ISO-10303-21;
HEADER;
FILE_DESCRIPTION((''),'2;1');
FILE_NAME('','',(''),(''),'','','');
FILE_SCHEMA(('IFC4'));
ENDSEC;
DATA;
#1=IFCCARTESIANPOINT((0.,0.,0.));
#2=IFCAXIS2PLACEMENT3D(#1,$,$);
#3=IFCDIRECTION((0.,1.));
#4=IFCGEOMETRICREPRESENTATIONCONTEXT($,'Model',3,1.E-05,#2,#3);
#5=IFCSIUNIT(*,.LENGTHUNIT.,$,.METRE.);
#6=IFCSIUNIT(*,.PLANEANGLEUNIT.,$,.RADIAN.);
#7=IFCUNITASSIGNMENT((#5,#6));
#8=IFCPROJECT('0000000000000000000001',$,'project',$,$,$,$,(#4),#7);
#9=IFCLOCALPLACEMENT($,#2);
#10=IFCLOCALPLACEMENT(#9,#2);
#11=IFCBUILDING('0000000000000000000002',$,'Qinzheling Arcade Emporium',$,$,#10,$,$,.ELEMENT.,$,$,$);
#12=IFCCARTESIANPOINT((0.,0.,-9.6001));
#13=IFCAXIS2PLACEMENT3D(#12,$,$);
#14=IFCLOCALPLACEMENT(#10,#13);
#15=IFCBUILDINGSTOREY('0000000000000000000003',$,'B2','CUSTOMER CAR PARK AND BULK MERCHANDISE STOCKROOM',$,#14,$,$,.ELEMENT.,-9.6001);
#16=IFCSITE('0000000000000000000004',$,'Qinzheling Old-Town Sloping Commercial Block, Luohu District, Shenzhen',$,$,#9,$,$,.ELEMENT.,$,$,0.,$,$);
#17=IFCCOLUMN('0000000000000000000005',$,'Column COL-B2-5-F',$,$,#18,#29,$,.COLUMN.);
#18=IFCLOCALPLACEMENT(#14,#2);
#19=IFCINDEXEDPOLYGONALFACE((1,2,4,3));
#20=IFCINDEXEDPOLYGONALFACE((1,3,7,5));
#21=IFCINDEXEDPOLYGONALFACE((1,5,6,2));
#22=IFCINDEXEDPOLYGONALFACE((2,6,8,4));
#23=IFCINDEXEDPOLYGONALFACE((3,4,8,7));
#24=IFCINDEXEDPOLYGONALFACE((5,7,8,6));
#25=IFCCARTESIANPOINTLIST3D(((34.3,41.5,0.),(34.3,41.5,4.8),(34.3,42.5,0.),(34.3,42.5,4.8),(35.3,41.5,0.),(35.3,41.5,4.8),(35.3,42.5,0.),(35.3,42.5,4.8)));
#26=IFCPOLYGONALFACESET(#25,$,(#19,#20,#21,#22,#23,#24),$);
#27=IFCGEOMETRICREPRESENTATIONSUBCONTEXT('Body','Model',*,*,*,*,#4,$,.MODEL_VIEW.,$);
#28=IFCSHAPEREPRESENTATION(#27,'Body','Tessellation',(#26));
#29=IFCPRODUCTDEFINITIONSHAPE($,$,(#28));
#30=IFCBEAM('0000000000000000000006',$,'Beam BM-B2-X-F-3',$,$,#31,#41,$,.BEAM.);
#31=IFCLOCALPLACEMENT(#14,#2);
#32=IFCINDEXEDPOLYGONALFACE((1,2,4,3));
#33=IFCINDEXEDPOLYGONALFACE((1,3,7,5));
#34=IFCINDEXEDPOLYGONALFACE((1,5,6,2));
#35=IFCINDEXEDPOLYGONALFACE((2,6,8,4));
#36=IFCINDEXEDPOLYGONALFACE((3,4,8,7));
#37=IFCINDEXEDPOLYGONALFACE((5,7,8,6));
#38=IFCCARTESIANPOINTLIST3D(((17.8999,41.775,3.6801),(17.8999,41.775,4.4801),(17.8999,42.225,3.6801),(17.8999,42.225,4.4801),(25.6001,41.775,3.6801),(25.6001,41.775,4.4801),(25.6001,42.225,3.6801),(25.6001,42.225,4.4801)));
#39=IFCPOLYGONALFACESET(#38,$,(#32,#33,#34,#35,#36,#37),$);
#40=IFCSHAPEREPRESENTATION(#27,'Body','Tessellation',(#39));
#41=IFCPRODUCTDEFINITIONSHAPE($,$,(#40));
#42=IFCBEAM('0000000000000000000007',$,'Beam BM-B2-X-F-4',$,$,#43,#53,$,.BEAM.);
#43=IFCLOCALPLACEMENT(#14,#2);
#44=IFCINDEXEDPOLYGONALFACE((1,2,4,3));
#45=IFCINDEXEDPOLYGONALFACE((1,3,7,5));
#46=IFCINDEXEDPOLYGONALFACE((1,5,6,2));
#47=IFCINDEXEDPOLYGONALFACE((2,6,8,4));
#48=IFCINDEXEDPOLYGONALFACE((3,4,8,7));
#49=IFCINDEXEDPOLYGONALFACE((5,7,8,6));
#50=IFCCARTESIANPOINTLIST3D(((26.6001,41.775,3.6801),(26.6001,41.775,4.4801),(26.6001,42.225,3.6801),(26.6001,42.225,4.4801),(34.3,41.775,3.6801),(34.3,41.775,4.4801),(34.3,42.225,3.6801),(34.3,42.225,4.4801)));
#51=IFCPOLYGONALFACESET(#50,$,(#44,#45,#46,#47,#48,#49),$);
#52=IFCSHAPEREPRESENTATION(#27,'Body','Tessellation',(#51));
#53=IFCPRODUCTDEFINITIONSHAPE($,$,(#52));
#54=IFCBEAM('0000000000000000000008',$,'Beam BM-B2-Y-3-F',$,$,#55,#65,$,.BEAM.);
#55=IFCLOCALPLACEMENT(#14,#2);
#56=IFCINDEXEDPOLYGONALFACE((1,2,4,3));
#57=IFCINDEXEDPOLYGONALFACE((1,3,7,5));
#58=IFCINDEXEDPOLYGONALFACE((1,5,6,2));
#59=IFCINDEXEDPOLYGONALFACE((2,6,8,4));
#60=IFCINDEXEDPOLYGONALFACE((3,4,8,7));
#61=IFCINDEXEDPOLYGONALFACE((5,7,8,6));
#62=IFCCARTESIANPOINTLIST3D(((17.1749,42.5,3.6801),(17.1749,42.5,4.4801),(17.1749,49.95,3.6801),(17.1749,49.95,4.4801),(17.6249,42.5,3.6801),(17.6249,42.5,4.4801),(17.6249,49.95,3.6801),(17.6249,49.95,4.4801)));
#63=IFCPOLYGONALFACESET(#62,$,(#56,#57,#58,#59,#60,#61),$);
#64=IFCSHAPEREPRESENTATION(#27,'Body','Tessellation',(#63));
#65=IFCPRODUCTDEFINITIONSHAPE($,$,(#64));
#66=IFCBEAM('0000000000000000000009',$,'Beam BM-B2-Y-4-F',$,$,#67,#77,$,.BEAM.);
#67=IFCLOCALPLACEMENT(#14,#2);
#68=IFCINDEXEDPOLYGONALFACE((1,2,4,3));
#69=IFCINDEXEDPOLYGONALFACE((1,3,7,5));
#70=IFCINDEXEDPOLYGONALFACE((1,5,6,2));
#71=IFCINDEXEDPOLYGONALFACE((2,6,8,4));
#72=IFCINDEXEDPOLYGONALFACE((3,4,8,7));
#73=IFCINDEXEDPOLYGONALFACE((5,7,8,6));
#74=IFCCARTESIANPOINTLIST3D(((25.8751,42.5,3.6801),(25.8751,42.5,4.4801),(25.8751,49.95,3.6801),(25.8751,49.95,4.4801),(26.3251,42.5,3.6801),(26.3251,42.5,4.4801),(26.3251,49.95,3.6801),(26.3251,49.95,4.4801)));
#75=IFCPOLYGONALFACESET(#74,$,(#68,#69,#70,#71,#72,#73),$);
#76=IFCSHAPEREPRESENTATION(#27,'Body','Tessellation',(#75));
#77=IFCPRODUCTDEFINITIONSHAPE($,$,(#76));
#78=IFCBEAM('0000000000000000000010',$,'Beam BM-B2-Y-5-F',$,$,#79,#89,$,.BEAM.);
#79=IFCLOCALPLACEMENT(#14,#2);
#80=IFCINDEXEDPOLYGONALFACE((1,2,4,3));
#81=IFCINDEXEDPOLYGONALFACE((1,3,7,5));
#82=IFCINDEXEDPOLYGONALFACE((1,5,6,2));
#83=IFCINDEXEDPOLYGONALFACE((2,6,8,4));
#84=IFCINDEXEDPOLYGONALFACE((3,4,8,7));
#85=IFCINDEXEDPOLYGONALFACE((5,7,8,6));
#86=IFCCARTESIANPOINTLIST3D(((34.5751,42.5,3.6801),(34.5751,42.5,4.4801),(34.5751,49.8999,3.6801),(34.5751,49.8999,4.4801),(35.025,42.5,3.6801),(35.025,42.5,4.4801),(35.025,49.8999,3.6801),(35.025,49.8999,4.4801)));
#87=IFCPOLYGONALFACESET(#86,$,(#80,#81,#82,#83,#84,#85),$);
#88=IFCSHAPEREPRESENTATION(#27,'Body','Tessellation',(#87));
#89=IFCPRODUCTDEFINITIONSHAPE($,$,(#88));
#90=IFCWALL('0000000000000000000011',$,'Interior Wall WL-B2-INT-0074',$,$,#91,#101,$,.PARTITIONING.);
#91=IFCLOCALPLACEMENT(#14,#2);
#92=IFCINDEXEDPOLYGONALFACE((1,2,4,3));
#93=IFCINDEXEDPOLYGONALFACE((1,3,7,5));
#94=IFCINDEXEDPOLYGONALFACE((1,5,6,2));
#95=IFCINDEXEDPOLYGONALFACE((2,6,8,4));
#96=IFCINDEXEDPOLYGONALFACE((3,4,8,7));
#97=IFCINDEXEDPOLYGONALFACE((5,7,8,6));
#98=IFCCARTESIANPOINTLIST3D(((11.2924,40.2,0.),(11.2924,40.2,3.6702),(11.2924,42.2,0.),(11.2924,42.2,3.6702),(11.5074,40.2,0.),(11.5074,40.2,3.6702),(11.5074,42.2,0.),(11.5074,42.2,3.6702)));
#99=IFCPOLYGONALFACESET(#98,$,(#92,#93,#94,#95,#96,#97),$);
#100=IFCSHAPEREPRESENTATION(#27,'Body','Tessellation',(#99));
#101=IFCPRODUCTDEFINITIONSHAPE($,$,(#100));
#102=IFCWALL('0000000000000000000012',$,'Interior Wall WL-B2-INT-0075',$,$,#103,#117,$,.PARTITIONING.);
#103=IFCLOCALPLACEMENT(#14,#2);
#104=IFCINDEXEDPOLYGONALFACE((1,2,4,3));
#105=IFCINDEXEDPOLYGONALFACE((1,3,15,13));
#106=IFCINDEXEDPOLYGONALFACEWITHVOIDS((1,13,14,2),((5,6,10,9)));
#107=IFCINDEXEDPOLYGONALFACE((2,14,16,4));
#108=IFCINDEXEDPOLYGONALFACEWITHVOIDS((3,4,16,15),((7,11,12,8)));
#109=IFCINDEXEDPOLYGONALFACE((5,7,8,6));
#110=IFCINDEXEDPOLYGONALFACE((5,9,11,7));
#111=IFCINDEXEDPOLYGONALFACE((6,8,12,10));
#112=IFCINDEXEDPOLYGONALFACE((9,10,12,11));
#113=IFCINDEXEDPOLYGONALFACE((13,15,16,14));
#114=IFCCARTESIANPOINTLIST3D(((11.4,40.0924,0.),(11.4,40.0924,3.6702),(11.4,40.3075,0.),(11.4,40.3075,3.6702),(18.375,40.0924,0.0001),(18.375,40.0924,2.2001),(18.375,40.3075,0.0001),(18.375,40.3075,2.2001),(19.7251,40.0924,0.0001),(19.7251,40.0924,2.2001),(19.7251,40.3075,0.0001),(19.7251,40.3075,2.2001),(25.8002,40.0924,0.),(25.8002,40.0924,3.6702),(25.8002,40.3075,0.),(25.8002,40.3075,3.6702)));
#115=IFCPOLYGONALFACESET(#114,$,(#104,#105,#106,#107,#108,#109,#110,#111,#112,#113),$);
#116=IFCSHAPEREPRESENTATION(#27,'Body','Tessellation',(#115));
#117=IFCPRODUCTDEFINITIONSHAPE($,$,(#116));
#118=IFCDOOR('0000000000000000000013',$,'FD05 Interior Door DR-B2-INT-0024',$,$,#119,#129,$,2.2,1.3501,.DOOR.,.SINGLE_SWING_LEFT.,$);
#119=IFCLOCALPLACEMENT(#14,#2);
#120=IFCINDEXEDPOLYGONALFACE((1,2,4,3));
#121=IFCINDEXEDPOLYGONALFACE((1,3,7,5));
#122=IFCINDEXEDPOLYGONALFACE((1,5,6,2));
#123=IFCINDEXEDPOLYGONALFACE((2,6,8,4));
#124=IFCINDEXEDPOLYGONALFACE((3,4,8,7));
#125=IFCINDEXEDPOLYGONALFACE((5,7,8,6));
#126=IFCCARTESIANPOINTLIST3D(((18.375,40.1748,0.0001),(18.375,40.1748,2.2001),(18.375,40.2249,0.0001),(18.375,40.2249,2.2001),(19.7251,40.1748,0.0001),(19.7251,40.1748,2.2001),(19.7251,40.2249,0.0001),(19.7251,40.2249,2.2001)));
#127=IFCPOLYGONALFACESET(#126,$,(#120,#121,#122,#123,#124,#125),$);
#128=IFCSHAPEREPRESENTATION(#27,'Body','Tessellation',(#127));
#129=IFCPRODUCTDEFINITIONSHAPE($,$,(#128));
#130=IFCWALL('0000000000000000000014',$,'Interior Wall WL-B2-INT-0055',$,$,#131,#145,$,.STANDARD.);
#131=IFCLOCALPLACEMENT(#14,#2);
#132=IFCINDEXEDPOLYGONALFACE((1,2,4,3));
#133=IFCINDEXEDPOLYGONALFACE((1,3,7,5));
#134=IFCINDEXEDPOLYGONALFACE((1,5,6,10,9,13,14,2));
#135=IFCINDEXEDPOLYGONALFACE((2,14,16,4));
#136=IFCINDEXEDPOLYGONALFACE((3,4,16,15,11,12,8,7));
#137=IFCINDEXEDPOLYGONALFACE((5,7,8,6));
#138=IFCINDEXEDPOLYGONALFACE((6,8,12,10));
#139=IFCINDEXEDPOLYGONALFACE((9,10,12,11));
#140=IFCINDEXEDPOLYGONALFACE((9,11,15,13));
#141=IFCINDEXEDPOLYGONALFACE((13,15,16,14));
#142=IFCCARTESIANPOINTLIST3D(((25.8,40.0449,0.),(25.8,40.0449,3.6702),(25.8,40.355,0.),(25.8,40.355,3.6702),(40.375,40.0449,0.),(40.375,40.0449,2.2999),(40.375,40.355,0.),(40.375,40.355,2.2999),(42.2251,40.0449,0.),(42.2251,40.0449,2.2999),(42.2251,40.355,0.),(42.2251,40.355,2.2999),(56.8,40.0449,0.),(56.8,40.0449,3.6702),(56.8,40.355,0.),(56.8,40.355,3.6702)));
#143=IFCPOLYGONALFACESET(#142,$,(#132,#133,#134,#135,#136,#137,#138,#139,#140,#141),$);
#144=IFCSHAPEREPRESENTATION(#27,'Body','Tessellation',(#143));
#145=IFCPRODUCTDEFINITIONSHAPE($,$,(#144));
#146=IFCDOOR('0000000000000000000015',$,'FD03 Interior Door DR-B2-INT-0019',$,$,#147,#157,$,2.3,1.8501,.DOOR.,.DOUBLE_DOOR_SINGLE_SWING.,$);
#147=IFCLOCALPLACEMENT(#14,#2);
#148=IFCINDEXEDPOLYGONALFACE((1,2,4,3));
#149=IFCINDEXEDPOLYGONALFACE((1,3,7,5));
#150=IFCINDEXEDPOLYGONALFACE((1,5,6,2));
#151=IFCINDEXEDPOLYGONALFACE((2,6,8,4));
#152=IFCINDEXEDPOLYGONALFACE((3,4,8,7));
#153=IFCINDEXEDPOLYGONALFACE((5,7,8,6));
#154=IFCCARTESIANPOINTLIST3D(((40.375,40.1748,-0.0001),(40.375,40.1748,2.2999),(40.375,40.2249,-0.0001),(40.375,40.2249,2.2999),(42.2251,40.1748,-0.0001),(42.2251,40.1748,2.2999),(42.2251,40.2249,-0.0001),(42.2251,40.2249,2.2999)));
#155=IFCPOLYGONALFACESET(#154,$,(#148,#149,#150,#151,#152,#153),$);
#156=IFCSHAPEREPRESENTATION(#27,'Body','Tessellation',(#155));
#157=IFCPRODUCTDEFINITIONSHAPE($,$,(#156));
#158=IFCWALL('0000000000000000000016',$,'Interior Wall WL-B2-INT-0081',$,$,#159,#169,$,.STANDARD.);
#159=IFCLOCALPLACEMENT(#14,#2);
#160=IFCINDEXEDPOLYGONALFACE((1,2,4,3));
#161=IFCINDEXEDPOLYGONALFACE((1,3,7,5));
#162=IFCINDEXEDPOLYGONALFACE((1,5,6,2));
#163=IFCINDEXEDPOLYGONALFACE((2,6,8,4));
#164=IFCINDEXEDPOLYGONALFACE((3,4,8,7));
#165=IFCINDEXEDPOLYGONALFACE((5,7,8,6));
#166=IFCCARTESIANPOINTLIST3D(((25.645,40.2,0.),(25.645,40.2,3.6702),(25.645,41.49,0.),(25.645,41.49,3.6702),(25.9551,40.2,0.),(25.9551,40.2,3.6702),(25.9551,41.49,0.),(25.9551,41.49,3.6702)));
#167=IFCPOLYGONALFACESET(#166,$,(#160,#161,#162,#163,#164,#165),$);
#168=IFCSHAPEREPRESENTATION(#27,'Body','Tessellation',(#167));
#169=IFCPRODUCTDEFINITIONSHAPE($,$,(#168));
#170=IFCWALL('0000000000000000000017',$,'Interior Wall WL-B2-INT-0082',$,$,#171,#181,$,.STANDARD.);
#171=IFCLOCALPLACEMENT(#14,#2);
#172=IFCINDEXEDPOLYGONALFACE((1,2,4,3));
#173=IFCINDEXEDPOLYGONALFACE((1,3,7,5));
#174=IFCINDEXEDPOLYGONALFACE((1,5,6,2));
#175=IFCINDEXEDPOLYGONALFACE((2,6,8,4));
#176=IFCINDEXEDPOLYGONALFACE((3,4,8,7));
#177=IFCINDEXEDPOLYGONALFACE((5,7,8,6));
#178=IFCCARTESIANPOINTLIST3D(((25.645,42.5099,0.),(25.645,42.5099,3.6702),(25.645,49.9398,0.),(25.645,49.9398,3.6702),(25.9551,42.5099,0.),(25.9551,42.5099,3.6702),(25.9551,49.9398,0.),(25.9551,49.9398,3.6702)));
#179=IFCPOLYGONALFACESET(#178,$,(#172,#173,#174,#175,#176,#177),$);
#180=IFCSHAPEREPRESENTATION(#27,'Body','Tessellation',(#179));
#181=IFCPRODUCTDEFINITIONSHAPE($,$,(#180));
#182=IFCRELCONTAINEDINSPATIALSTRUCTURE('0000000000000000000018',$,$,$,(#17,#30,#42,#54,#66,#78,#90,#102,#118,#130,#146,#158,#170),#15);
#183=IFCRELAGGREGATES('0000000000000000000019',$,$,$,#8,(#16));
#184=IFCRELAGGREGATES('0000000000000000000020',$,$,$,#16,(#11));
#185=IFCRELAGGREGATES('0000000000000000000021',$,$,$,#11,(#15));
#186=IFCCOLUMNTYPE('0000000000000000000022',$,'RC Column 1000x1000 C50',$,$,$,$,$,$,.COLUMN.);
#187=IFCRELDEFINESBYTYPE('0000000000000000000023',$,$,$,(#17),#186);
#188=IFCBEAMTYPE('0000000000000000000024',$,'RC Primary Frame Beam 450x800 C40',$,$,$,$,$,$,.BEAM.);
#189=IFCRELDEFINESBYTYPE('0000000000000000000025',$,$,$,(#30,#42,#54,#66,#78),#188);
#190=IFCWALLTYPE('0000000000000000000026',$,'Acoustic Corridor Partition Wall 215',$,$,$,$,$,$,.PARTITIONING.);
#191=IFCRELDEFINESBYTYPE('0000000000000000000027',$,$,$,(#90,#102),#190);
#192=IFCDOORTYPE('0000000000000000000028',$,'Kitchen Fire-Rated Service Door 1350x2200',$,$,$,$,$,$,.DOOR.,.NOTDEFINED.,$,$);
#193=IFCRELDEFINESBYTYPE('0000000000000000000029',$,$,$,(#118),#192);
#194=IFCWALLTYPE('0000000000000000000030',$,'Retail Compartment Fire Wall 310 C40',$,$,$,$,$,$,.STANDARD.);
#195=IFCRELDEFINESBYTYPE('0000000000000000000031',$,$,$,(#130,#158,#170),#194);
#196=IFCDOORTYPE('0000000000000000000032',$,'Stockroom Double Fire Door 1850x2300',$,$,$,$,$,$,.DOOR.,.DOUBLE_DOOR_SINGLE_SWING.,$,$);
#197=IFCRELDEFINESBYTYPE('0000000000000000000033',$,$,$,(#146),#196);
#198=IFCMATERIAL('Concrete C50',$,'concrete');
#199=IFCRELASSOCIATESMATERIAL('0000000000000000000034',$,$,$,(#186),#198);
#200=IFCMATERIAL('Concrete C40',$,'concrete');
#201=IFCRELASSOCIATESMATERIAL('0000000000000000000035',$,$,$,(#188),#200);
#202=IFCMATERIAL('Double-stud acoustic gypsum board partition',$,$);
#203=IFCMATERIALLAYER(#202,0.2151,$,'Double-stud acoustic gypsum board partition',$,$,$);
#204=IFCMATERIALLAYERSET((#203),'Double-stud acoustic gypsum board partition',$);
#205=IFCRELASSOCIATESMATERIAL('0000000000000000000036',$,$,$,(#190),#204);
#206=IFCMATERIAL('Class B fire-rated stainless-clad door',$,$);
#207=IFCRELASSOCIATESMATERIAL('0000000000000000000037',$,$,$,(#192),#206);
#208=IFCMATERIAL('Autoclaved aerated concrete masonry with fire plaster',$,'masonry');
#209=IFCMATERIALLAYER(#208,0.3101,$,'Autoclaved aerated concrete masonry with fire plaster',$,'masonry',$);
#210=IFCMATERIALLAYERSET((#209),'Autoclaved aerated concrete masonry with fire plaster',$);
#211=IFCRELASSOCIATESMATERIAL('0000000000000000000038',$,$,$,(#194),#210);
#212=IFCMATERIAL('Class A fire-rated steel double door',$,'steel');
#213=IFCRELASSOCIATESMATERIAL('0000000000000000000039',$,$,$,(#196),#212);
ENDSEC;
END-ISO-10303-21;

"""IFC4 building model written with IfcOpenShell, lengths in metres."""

from ifc_helpers import new_model, si_unit, direction, frame, frame_2d, origin, origin_2d, place, context, subcontext, project, spatial, rectangle, extrude, material, layer, layer_set, material_profile, profile_set, type_object, element, fill, save


model = new_model("IFC4")

# Units and contexts
model_context = context("Model", 3, precision=1e-05, world=origin(), true_north=direction((0.0, 1.0)))
body_context = subcontext(model_context, "Body", "Model", "MODEL_VIEW")
ifc_project = project(units=[si_unit("LENGTHUNIT", "METRE"), si_unit("PLANEANGLEUNIT", "RADIAN")], contexts=[model_context])

# Site, building, storey
site_placement = place(None, origin())
site = spatial("IfcSite", under=ifc_project, at=site_placement, Name="Qinzheling Old-Town Sloping Commercial Block, Luohu District, Shenzhen", CompositionType="ELEMENT", RefElevation=0.0)
building_placement = place(site_placement, origin())
building = spatial("IfcBuilding", under=site, at=building_placement, Name="Qinzheling Arcade Emporium", CompositionType="ELEMENT")
storey_placement = place(building_placement, frame((0.0, 0.0, -9.6001)))
storey = spatial("IfcBuildingStorey", under=building, at=storey_placement, Name="B2", Description="CUSTOMER CAR PARK AND BULK MERCHANDISE STOCKROOM", CompositionType="ELEMENT", Elevation=-9.6001)

# Shared definitions
ifc_material_1 = material(Name="Concrete C40", Category="concrete")

# Column
ifc_material_2 = material(Name="Concrete C50", Category="concrete")
ifc_material_profile_1 = material_profile(ifc_material_2, rectangle(XDim=1.0, YDim=1.0, at=origin_2d()), Name="RC 1000x1000", Category="concrete")
ifc_profile_set_1 = profile_set([ifc_material_profile_1], Name="Concrete C50")
column_type = type_object("IfcColumnType", Name="RC Column 1000x1000 C50", PredefinedType="COLUMN", material=ifc_profile_set_1)
for number, where, z_axis, x_axis, name in (
    (1, (34.8, 42.0, 0.0), (0.0, 0.0, 1.0), (1.0, 0.0, 0.0), "Column COL-B2-5-F"),
):
    element("IfcColumn", number, at=place(storey_placement, frame(where, z_axis=z_axis, x_axis=x_axis)), inside=storey, type_object=column_type, Name=name, PredefinedType="COLUMN", context=body_context, shape_type="SweptSolid", body=[
        extrude(rectangle(XDim=1.0, YDim=1.0, at=origin_2d()), origin(), (0.0, 0.0, 1.0), 4.8),
    ])

# Beams
ifc_material_profile_2 = material_profile(ifc_material_1, rectangle(XDim=0.45, YDim=0.8, at=origin_2d()), Name="RC 450x800", Category="concrete")
ifc_profile_set_2 = profile_set([ifc_material_profile_2], Name="Concrete C40")
beam_type = type_object("IfcBeamType", Name="RC Primary Frame Beam 450x800 C40", PredefinedType="BEAM", material=ifc_profile_set_2)
beam_1_placement = place(storey_placement, frame((17.8999, 42.0, 4.0801), z_axis=(1.0, 0.0, 0.0), x_axis=(0.0, 1.0, 0.0)))
element("IfcBeam", 2, at=beam_1_placement, inside=storey, type_object=beam_type, Name="Beam BM-B2-X-F-3", PredefinedType="BEAM", context=body_context, shape_type="SweptSolid", body=[
    extrude(rectangle(XDim=0.45, YDim=0.8, at=origin_2d()), origin(), (0.0, 0.0, 1.0), 7.7002),
])
beam_2_placement = place(storey_placement, frame((26.6001, 42.0, 4.0801), z_axis=(1.0, 0.0, 0.0), x_axis=(0.0, 1.0, 0.0)))
element("IfcBeam", 3, at=beam_2_placement, inside=storey, type_object=beam_type, Name="Beam BM-B2-X-F-4", PredefinedType="BEAM", context=body_context, shape_type="SweptSolid", body=[
    extrude(rectangle(XDim=0.45, YDim=0.8, at=origin_2d()), origin(), (0.0, 0.0, 1.0), 7.7),
])
for number, where, z_axis, x_axis, name in (
    (4, (17.3999, 42.5, 4.0801), (0.0, 1.0, 0.0), (-1.0, 0.0, 0.0), "Beam BM-B2-Y-3-F"),
    (5, (26.1001, 42.5, 4.0801), (0.0, 1.0, 0.0), (-1.0, 0.0, 0.0), "Beam BM-B2-Y-4-F"),
):
    element("IfcBeam", number, at=place(storey_placement, frame(where, z_axis=z_axis, x_axis=x_axis)), inside=storey, type_object=beam_type, Name=name, PredefinedType="BEAM", context=body_context, shape_type="SweptSolid", body=[
        extrude(rectangle(XDim=0.45, YDim=0.8, at=origin_2d()), origin(), (0.0, 0.0, 1.0), 7.45),
    ])
beam_3_placement = place(storey_placement, frame((34.8, 42.5, 4.0801), z_axis=(0.0, 1.0, 0.0), x_axis=(-1.0, 0.0, 0.0)))
element("IfcBeam", 6, at=beam_3_placement, inside=storey, type_object=beam_type, Name="Beam BM-B2-Y-5-F", PredefinedType="BEAM", context=body_context, shape_type="SweptSolid", body=[
    extrude(rectangle(XDim=0.45, YDim=0.8, at=origin_2d()), origin(), (0.0, 0.0, 1.0), 7.3999),
])

# Wall
ifc_material_3 = material(Name="Double-stud acoustic gypsum board partition")
ifc_layer_1 = layer(ifc_material_3, 0.2151, Name="Double-stud acoustic gypsum board partition")
ifc_layer_set_1 = layer_set([ifc_layer_1], Name="Double-stud acoustic gypsum board partition")
wall_type_1 = type_object("IfcWallType", Name="Acoustic Corridor Partition Wall 215", PredefinedType="PARTITIONING", material=ifc_layer_set_1)
wall_1_placement = place(storey_placement, frame((11.3999, 42.2, 0.0), z_axis=(0.0, 0.0, 1.0), x_axis=(0.0, -1.0, 0.0)))
element("IfcWall", 7, at=wall_1_placement, inside=storey, type_object=wall_type_1, Name="Interior Wall WL-B2-INT-0074", PredefinedType="PARTITIONING", context=body_context, shape_type="SweptSolid", body=[
    extrude(rectangle(XDim=2.0, YDim=0.2151, at=frame_2d((1.0, 0.0))), origin(), (0.0, 0.0, 1.0), 3.6702),
])

# Walls, openings, doors
wall_2_placement = place(storey_placement, frame((11.3999, 40.2, 0.0), z_axis=(0.0, 0.0, 1.0), x_axis=(1.0, 0.0, 0.0)))
wall_2 = element("IfcWall", 8, at=wall_2_placement, inside=storey, type_object=wall_type_1, Name="Interior Wall WL-B2-INT-0075", PredefinedType="PARTITIONING", context=body_context, shape_type="SweptSolid", body=[
    extrude(rectangle(XDim=14.4001, YDim=0.2151, at=frame_2d((7.2002, 0.0))), origin(), (0.0, 0.0, 1.0), 3.6702),
])
opening_1_placement = place(wall_2_placement, frame((6.9751, 0.0, 0.0)))
opening_1 = element("IfcOpeningElement", 9, at=opening_1_placement, cuts=wall_2, PredefinedType="OPENING", context=body_context, shape_type="SweptSolid", body=[
    extrude(rectangle(XDim=1.3501, YDim=2.2, at=frame_2d((0.675, 1.1001))), frame((0.0, 0.1177, 0.0), z_axis=(0.0, -1.0, 0.0), x_axis=(1.0, 0.0, 0.0)), (0.0, 0.0, 1.0), 0.2351),
])
ifc_material_4 = material(Name="Class B fire-rated stainless-clad door")
door_type_1 = type_object("IfcDoorType", Name="Kitchen Fire-Rated Service Door 1350x2200", OperationType="NOTDEFINED", PredefinedType="DOOR", material=ifc_material_4)
door_1_placement = place(opening_1_placement, origin())
door_1 = element("IfcDoor", 10, at=door_1_placement, inside=storey, type_object=door_type_1, Name="FD05 Interior Door DR-B2-INT-0024", OperationType="SINGLE_SWING_LEFT", OverallHeight=2.2, OverallWidth=1.3501, PredefinedType="DOOR", context=body_context, shape_type="SweptSolid", body=[
    extrude(rectangle(XDim=1.3501, YDim=2.2, at=frame_2d((0.675, 1.1001))), frame((0.0, 0.0249, 0.0), z_axis=(0.0, -1.0, 0.0), x_axis=(1.0, 0.0, 0.0)), (0.0, 0.0, 1.0), 0.05),
])
fill(opening_1, door_1)
ifc_material_5 = material(Name="Autoclaved aerated concrete masonry with fire plaster", Category="masonry")
ifc_layer_2 = layer(ifc_material_5, 0.3101, Name="Autoclaved aerated concrete masonry with fire plaster", Category="masonry")
ifc_layer_set_2 = layer_set([ifc_layer_2], Name="Autoclaved aerated concrete masonry with fire plaster")
wall_type_2 = type_object("IfcWallType", Name="Retail Compartment Fire Wall 310 C40", PredefinedType="STANDARD", material=ifc_layer_set_2)
wall_3_placement = place(storey_placement, frame((25.8, 40.2, 0.0), z_axis=(0.0, 0.0, 1.0), x_axis=(1.0, 0.0, 0.0)))
wall_3 = element("IfcWall", 11, at=wall_3_placement, inside=storey, type_object=wall_type_2, Name="Interior Wall WL-B2-INT-0055", PredefinedType="STANDARD", context=body_context, shape_type="SweptSolid", body=[
    extrude(rectangle(XDim=31.0, YDim=0.3101, at=frame_2d((15.5, 0.0))), origin(), (0.0, 0.0, 1.0), 3.6702),
])
opening_2_placement = place(wall_3_placement, frame((14.575, 0.0, 0.0)))
opening_2 = element("IfcOpeningElement", 12, at=opening_2_placement, cuts=wall_3, PredefinedType="OPENING", context=body_context, shape_type="SweptSolid", body=[
    extrude(rectangle(XDim=1.8501, YDim=2.3, at=frame_2d((0.925, 1.1499))), frame((0.0, 0.165, 0.0), z_axis=(0.0, -1.0, 0.0), x_axis=(1.0, 0.0, 0.0)), (0.0, 0.0, 1.0), 0.3301),
])
ifc_material_6 = material(Name="Class A fire-rated steel double door", Category="steel")
door_type_2 = type_object("IfcDoorType", Name="Stockroom Double Fire Door 1850x2300", OperationType="DOUBLE_DOOR_SINGLE_SWING", PredefinedType="DOOR", material=ifc_material_6)
door_2_placement = place(opening_2_placement, origin())
door_2 = element("IfcDoor", 13, at=door_2_placement, inside=storey, type_object=door_type_2, Name="FD03 Interior Door DR-B2-INT-0019", OperationType="DOUBLE_DOOR_SINGLE_SWING", OverallHeight=2.3, OverallWidth=1.8501, PredefinedType="DOOR", context=body_context, shape_type="SweptSolid", body=[
    extrude(rectangle(XDim=1.8501, YDim=2.3, at=frame_2d((0.925, 1.1499))), frame((0.0, 0.0249, 0.0), z_axis=(0.0, -1.0, 0.0), x_axis=(1.0, 0.0, 0.0)), (0.0, 0.0, 1.0), 0.05),
])
fill(opening_2, door_2)

# Walls
wall_4_placement = place(storey_placement, frame((25.8, 40.2, 0.0), z_axis=(0.0, 0.0, 1.0), x_axis=(0.0, 1.0, 0.0)))
element("IfcWall", 14, at=wall_4_placement, inside=storey, type_object=wall_type_2, Name="Interior Wall WL-B2-INT-0081", PredefinedType="STANDARD", context=body_context, shape_type="SweptSolid", body=[
    extrude(rectangle(XDim=1.29, YDim=0.3101, at=frame_2d((0.645, 0.0))), origin(), (0.0, 0.0, 1.0), 3.6702),
])
wall_5_placement = place(storey_placement, frame((25.8, 42.51, 0.0), z_axis=(0.0, 0.0, 1.0), x_axis=(0.0, 1.0, 0.0)))
element("IfcWall", 15, at=wall_5_placement, inside=storey, type_object=wall_type_2, Name="Interior Wall WL-B2-INT-0082", PredefinedType="STANDARD", context=body_context, shape_type="SweptSolid", body=[
    extrude(rectangle(XDim=7.4299, YDim=0.3101, at=frame_2d((3.7148, 0.0))), origin(), (0.0, 0.0, 1.0), 3.6702),
])

save(model, "model.ifc")
